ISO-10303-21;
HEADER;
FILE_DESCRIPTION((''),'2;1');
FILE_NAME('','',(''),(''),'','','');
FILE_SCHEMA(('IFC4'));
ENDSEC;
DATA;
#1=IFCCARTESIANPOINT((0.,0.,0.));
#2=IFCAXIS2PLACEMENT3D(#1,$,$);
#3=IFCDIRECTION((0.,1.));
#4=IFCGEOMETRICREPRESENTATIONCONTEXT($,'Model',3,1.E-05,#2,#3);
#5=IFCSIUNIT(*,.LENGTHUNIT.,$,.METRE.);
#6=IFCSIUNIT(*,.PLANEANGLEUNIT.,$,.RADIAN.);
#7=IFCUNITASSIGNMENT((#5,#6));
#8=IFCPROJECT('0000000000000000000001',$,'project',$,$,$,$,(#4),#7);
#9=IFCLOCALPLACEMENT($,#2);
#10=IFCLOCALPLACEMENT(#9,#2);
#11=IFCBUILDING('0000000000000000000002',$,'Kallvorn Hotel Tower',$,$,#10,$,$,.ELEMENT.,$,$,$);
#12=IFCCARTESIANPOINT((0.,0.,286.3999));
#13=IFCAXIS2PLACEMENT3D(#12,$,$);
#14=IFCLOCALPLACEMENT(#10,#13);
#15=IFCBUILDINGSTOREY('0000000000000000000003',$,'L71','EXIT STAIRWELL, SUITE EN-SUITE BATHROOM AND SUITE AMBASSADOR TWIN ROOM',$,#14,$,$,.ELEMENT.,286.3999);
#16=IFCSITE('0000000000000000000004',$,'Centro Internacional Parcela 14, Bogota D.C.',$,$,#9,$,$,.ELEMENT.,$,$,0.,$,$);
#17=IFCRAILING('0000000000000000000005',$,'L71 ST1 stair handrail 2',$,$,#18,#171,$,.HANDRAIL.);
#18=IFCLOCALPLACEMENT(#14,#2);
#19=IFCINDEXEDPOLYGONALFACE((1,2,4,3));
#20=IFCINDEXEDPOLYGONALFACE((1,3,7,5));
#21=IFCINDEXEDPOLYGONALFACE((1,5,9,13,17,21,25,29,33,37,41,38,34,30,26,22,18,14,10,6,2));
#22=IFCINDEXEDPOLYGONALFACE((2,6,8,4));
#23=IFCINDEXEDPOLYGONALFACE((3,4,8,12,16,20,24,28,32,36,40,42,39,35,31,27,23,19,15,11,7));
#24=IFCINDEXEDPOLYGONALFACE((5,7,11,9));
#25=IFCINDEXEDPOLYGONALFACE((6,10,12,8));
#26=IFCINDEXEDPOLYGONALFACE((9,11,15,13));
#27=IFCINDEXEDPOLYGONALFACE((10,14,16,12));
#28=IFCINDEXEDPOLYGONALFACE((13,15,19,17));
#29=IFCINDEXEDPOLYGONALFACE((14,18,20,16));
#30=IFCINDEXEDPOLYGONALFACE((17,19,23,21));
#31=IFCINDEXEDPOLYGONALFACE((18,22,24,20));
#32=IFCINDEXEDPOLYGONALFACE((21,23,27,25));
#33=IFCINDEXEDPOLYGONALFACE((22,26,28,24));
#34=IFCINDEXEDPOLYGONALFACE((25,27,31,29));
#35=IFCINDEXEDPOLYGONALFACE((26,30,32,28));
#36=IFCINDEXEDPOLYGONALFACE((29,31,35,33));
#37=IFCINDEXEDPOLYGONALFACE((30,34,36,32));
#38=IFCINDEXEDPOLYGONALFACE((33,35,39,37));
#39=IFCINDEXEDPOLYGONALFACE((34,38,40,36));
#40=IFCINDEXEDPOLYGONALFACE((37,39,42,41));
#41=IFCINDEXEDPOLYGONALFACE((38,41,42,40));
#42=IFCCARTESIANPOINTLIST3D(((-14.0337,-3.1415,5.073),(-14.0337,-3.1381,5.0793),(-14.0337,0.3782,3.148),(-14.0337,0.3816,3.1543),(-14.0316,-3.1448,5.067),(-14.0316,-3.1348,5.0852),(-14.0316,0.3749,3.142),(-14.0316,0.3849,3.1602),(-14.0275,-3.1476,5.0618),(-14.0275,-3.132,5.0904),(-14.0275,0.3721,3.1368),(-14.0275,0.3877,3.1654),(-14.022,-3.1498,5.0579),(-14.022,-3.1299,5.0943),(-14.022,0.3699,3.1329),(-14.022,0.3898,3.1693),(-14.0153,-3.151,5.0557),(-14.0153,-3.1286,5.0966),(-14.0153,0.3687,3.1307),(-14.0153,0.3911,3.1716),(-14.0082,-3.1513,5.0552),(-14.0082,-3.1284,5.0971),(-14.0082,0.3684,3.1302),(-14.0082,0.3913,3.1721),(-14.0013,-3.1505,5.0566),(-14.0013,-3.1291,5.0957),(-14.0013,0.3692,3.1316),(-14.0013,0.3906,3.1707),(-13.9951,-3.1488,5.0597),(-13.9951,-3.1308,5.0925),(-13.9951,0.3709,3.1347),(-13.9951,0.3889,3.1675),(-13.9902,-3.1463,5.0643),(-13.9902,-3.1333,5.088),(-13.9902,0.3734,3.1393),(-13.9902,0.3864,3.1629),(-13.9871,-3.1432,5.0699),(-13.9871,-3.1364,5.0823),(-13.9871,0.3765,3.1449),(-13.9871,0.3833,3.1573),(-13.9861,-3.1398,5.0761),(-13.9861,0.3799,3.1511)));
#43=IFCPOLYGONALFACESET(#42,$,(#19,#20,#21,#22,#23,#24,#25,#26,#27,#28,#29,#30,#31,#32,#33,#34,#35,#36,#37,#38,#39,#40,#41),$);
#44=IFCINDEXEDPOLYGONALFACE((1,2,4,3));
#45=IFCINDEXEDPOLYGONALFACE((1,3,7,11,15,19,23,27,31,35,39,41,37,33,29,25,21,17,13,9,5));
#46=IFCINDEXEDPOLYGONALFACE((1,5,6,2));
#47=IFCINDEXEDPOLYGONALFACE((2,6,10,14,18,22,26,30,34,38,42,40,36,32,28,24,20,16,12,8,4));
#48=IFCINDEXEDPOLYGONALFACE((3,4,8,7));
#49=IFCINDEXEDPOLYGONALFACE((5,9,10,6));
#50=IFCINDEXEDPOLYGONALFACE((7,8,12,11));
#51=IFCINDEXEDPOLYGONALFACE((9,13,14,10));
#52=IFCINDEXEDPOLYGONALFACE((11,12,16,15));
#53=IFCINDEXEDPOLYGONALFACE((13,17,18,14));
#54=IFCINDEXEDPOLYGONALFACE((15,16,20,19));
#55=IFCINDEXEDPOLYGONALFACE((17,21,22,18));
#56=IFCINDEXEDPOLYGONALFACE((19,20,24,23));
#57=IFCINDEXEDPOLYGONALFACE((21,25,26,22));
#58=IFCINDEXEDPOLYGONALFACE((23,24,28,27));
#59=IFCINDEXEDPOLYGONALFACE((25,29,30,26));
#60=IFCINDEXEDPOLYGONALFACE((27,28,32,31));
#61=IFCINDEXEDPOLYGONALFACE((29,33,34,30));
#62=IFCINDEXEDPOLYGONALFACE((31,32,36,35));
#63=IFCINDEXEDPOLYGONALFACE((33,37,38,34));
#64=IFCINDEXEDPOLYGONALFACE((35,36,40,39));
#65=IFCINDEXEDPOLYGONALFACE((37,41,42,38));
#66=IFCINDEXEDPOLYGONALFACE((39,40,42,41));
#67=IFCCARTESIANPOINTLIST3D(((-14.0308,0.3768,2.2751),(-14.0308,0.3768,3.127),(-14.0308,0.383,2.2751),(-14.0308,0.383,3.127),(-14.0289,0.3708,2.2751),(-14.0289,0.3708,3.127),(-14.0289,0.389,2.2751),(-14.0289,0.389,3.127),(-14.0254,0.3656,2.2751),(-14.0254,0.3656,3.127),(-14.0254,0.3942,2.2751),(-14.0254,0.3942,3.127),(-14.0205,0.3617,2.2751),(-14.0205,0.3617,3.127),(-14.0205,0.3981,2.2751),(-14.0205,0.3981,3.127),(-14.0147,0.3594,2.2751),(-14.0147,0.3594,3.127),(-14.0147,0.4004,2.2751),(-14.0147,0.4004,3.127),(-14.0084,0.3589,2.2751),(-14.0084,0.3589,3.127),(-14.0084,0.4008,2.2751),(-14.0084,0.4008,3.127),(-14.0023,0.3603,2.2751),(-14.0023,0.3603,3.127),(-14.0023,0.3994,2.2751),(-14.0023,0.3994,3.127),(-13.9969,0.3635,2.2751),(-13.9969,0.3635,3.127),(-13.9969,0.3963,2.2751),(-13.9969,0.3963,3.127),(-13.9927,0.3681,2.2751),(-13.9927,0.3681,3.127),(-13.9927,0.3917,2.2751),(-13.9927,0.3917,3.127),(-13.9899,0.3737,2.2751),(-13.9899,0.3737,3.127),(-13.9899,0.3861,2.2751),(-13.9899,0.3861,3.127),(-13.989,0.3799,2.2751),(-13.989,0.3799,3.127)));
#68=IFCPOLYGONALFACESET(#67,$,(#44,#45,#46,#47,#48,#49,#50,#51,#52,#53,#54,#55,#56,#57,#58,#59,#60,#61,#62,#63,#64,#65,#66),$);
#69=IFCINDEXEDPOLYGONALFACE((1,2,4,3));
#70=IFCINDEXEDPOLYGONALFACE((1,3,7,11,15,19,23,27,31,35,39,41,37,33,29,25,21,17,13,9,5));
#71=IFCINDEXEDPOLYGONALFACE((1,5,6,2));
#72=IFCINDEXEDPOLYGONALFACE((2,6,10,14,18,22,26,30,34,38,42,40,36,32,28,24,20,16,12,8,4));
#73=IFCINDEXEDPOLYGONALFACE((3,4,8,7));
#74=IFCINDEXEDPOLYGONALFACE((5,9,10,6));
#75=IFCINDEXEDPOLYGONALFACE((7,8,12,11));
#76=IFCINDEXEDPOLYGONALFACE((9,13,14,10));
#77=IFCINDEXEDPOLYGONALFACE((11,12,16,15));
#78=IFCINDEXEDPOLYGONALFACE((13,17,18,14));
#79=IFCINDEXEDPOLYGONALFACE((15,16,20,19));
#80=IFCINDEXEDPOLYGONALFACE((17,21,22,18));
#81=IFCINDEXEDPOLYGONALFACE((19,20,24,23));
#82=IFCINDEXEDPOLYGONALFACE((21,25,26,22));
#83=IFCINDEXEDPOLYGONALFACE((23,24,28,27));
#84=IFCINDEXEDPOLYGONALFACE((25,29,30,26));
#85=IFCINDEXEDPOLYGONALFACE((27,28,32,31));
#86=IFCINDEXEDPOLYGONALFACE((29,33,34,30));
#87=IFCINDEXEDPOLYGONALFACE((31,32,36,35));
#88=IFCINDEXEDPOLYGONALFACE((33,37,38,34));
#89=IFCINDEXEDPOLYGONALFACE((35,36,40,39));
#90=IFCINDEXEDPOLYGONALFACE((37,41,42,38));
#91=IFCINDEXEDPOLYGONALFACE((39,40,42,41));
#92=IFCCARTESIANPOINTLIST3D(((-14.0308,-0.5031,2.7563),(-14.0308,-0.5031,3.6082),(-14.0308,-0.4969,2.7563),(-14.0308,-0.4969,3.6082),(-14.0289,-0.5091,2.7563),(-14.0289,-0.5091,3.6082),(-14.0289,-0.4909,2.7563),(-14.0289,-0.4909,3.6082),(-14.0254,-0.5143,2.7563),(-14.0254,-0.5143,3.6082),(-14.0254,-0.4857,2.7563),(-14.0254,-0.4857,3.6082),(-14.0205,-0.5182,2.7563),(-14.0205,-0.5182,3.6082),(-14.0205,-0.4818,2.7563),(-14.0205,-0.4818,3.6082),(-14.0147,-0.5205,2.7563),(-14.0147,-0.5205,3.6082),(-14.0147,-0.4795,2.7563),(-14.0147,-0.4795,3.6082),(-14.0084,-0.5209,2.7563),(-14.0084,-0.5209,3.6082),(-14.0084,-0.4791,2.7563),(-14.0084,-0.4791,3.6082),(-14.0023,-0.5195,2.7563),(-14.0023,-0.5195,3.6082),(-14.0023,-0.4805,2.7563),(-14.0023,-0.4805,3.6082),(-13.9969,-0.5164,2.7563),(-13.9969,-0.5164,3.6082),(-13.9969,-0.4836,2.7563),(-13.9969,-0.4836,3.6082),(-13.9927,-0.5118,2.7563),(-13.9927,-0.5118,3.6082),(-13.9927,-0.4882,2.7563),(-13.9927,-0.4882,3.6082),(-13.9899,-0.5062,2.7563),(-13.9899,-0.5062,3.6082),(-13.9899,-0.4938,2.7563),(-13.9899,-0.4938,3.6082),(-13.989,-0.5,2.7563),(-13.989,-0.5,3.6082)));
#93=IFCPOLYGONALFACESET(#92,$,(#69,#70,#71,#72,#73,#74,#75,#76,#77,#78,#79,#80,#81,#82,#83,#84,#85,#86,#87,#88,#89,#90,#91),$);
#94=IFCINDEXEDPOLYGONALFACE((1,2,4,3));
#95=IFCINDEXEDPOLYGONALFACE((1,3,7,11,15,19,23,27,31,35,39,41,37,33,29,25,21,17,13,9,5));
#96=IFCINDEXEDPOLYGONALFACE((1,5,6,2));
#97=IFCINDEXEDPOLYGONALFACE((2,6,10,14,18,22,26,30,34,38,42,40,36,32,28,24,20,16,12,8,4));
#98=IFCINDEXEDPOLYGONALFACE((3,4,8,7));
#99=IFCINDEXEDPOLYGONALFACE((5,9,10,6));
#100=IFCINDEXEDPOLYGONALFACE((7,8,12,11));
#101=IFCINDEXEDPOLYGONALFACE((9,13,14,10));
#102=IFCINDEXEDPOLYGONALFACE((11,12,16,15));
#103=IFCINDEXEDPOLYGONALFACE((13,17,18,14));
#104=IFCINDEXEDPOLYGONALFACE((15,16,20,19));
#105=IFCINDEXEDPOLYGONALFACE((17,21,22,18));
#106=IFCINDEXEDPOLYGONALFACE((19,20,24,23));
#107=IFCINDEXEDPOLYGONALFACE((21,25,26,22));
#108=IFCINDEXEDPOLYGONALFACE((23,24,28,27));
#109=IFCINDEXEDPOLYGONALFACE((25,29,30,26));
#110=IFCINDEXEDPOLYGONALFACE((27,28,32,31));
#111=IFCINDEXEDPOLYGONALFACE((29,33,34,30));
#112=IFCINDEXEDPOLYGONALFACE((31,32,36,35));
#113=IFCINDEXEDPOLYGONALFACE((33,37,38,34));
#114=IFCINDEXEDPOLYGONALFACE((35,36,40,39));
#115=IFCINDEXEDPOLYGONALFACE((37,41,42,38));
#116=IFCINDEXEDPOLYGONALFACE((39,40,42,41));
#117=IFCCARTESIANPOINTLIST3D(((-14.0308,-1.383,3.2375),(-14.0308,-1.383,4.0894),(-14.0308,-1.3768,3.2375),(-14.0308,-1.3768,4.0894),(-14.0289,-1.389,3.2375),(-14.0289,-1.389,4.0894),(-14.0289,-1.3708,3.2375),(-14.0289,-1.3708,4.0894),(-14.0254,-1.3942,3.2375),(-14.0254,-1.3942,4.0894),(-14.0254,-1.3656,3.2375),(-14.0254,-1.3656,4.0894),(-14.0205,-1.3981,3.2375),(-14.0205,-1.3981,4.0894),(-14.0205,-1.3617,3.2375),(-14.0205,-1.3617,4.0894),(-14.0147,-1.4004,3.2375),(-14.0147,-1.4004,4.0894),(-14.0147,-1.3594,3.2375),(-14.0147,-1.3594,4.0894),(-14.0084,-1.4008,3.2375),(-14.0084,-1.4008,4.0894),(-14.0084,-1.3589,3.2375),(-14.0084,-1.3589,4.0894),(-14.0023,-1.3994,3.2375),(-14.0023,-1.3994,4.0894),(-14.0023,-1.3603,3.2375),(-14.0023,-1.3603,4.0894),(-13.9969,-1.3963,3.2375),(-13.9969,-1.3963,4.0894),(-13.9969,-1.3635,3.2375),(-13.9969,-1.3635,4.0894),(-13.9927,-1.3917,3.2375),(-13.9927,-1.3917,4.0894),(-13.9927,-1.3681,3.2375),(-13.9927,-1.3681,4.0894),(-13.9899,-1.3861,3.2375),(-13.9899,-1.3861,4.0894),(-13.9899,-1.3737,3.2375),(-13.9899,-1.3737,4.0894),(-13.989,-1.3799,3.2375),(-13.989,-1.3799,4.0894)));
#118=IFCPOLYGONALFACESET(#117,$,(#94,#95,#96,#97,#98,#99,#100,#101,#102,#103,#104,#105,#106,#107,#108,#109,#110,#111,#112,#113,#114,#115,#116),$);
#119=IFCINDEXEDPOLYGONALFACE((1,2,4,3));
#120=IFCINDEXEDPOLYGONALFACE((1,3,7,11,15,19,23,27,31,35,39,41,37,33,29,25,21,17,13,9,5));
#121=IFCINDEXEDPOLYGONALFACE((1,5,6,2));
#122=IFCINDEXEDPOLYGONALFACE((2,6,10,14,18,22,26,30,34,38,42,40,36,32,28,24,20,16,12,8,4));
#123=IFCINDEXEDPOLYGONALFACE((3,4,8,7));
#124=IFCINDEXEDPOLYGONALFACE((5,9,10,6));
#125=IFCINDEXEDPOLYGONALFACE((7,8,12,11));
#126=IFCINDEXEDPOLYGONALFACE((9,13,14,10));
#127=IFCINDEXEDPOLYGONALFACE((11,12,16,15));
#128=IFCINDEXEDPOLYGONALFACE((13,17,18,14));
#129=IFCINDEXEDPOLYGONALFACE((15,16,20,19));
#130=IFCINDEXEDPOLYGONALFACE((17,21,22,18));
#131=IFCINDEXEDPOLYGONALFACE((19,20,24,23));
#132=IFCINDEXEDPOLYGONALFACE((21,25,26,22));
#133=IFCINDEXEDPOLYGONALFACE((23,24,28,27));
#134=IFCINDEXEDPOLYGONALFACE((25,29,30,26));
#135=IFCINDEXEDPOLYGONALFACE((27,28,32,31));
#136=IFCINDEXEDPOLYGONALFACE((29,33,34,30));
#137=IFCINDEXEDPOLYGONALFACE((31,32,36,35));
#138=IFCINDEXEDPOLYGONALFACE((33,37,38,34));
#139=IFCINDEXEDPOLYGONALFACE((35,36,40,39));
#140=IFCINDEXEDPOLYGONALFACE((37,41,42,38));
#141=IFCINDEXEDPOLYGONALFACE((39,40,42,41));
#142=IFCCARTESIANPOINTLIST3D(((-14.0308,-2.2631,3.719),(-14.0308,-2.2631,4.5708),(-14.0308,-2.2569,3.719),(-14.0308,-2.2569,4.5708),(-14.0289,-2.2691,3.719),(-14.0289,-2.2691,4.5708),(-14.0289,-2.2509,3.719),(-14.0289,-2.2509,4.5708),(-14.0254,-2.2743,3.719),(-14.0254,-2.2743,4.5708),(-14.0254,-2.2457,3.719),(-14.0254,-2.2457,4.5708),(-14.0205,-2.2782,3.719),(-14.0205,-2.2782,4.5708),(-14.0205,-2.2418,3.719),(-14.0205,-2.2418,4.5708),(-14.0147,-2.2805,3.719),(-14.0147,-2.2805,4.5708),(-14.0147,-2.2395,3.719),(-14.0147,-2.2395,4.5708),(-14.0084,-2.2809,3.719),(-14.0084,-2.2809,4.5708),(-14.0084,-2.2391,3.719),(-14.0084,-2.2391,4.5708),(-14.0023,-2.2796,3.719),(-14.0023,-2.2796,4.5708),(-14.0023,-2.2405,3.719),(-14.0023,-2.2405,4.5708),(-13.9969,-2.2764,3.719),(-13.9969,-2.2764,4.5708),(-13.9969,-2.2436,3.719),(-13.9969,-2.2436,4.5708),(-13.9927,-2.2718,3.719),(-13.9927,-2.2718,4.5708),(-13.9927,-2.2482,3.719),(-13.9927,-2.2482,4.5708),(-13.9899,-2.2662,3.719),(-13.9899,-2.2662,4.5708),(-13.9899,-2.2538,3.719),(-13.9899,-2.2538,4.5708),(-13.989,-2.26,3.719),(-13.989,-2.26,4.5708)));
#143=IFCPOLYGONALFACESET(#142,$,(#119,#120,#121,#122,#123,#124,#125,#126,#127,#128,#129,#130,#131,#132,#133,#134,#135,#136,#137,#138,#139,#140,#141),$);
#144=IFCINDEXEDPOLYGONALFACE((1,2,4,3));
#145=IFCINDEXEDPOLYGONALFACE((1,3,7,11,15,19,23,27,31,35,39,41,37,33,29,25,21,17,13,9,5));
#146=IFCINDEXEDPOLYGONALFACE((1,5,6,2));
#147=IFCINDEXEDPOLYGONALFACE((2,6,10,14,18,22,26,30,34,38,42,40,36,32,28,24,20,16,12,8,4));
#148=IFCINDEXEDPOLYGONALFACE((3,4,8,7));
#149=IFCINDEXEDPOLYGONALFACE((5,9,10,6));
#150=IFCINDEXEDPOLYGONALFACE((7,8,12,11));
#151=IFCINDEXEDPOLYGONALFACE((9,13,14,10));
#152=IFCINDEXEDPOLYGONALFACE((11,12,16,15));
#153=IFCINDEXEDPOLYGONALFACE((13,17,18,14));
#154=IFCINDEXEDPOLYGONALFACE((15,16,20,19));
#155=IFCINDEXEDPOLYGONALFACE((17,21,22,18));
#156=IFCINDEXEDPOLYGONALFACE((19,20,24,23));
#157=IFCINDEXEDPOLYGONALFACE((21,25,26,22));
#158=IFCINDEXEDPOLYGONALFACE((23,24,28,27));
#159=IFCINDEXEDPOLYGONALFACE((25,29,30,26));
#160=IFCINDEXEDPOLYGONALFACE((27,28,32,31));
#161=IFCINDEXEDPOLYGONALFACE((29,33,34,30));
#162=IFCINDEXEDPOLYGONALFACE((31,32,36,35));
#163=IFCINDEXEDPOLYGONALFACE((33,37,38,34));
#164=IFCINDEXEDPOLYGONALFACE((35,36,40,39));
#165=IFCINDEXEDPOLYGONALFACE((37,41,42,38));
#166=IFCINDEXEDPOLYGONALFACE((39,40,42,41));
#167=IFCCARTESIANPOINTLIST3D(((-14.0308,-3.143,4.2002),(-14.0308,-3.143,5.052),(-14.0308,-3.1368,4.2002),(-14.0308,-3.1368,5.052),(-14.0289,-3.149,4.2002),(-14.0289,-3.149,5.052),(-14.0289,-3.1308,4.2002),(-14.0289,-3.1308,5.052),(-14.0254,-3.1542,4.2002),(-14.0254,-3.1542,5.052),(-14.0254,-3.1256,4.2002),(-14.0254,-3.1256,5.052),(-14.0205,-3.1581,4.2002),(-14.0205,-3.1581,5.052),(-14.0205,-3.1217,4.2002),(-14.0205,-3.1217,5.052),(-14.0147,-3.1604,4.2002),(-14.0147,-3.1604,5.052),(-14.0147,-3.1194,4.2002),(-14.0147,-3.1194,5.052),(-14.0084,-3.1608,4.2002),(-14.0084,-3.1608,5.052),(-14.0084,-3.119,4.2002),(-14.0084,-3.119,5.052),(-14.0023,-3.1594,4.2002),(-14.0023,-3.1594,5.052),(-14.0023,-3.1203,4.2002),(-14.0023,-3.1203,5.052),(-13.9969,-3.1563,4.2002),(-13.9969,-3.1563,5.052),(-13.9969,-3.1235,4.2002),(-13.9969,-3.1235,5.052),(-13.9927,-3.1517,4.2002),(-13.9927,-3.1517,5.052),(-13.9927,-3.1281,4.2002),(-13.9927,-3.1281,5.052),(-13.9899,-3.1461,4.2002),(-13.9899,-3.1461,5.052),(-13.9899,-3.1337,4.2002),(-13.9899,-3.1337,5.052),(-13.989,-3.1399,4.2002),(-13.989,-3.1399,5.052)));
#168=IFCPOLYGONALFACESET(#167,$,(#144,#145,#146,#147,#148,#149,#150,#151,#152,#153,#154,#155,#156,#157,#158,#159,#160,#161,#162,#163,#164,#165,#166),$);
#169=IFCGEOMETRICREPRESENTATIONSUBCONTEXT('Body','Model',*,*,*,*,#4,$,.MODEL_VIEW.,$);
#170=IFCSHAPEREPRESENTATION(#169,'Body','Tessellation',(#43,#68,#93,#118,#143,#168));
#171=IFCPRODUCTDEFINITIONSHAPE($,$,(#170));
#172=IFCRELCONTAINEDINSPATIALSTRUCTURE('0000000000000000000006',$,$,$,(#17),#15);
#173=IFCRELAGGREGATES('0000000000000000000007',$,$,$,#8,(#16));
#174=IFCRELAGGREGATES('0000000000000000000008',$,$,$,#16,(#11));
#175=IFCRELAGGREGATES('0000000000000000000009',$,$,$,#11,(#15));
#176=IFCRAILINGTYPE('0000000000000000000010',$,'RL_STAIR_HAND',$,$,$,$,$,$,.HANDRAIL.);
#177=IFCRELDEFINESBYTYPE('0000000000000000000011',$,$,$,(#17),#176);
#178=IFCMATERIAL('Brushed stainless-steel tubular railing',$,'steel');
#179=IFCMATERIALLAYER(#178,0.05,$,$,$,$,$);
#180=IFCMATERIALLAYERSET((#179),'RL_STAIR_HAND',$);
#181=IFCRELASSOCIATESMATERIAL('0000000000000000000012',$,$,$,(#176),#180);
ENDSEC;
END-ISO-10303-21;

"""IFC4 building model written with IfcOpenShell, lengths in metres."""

from ifc_helpers import new_model, si_unit, direction, frame, origin, origin_2d, place, context, subcontext, project, spatial, circle, extrude, material, layer, layer_set, type_object, element, save


model = new_model("IFC4")

# Units and contexts
model_context = context("Model", 3, precision=1e-05, world=origin(), true_north=direction((0.0, 1.0)))
body_context = subcontext(model_context, "Body", "Model", "MODEL_VIEW")
ifc_project = project(units=[si_unit("LENGTHUNIT", "METRE"), si_unit("PLANEANGLEUNIT", "RADIAN")], contexts=[model_context])

# Site, building, storey
site_placement = place(None, origin())
site = spatial("IfcSite", under=ifc_project, at=site_placement, Name="Centro Internacional Parcela 14, Bogota D.C.", CompositionType="ELEMENT", RefElevation=0.0)
building_placement = place(site_placement, origin())
building = spatial("IfcBuilding", under=site, at=building_placement, Name="Kallvorn Hotel Tower", CompositionType="ELEMENT")
storey_placement = place(building_placement, frame((0.0, 0.0, 286.3999)))
storey = spatial("IfcBuildingStorey", under=building, at=storey_placement, Name="L71", Description="EXIT STAIRWELL, SUITE EN-SUITE BATHROOM AND SUITE AMBASSADOR TWIN ROOM", CompositionType="ELEMENT", Elevation=286.3999)

# Railing
ifc_material_1 = material(Name="Brushed stainless-steel tubular railing", Category="steel")
ifc_layer_1 = layer(ifc_material_1, 0.05)
ifc_layer_set_1 = layer_set([ifc_layer_1], Name="RL_STAIR_HAND")
railing_type = type_object("IfcRailingType", Name="RL_STAIR_HAND", PredefinedType="HANDRAIL", material=ifc_layer_set_1)
railing_placement = place(storey_placement, frame((-14.01, 0.3799, 2.2751)))
element("IfcRailing", 1, at=railing_placement, inside=storey, type_object=railing_type, Name="L71 ST1 stair handrail 2", PredefinedType="HANDRAIL", context=body_context, shape_type="SweptSolid", body=[
    extrude(circle(Radius=0.0239, at=origin_2d()), frame((0.0, 0.0, 0.876), z_axis=(0.0, -0.877353, 0.479845), x_axis=(1.0, 0.0, 0.0)), (0.0, 0.0, 1.0), 4.0117),
    extrude(circle(Radius=0.021, at=origin_2d()), origin(), (0.0, 0.0, 1.0), 0.8518),
    extrude(circle(Radius=0.021, at=origin_2d()), frame((0.0, -0.8799, 0.4812)), (0.0, 0.0, 1.0), 0.8518),
    extrude(circle(Radius=0.021, at=origin_2d()), frame((0.0, -1.7598, 0.9624)), (0.0, 0.0, 1.0), 0.8518),
    extrude(circle(Radius=0.021, at=origin_2d()), frame((0.0, -2.6399, 1.4438)), (0.0, 0.0, 1.0), 0.8518),
    extrude(circle(Radius=0.021, at=origin_2d()), frame((0.0, -3.5198, 1.925)), (0.0, 0.0, 1.0), 0.8518),
])

save(model, "model.ifc")
